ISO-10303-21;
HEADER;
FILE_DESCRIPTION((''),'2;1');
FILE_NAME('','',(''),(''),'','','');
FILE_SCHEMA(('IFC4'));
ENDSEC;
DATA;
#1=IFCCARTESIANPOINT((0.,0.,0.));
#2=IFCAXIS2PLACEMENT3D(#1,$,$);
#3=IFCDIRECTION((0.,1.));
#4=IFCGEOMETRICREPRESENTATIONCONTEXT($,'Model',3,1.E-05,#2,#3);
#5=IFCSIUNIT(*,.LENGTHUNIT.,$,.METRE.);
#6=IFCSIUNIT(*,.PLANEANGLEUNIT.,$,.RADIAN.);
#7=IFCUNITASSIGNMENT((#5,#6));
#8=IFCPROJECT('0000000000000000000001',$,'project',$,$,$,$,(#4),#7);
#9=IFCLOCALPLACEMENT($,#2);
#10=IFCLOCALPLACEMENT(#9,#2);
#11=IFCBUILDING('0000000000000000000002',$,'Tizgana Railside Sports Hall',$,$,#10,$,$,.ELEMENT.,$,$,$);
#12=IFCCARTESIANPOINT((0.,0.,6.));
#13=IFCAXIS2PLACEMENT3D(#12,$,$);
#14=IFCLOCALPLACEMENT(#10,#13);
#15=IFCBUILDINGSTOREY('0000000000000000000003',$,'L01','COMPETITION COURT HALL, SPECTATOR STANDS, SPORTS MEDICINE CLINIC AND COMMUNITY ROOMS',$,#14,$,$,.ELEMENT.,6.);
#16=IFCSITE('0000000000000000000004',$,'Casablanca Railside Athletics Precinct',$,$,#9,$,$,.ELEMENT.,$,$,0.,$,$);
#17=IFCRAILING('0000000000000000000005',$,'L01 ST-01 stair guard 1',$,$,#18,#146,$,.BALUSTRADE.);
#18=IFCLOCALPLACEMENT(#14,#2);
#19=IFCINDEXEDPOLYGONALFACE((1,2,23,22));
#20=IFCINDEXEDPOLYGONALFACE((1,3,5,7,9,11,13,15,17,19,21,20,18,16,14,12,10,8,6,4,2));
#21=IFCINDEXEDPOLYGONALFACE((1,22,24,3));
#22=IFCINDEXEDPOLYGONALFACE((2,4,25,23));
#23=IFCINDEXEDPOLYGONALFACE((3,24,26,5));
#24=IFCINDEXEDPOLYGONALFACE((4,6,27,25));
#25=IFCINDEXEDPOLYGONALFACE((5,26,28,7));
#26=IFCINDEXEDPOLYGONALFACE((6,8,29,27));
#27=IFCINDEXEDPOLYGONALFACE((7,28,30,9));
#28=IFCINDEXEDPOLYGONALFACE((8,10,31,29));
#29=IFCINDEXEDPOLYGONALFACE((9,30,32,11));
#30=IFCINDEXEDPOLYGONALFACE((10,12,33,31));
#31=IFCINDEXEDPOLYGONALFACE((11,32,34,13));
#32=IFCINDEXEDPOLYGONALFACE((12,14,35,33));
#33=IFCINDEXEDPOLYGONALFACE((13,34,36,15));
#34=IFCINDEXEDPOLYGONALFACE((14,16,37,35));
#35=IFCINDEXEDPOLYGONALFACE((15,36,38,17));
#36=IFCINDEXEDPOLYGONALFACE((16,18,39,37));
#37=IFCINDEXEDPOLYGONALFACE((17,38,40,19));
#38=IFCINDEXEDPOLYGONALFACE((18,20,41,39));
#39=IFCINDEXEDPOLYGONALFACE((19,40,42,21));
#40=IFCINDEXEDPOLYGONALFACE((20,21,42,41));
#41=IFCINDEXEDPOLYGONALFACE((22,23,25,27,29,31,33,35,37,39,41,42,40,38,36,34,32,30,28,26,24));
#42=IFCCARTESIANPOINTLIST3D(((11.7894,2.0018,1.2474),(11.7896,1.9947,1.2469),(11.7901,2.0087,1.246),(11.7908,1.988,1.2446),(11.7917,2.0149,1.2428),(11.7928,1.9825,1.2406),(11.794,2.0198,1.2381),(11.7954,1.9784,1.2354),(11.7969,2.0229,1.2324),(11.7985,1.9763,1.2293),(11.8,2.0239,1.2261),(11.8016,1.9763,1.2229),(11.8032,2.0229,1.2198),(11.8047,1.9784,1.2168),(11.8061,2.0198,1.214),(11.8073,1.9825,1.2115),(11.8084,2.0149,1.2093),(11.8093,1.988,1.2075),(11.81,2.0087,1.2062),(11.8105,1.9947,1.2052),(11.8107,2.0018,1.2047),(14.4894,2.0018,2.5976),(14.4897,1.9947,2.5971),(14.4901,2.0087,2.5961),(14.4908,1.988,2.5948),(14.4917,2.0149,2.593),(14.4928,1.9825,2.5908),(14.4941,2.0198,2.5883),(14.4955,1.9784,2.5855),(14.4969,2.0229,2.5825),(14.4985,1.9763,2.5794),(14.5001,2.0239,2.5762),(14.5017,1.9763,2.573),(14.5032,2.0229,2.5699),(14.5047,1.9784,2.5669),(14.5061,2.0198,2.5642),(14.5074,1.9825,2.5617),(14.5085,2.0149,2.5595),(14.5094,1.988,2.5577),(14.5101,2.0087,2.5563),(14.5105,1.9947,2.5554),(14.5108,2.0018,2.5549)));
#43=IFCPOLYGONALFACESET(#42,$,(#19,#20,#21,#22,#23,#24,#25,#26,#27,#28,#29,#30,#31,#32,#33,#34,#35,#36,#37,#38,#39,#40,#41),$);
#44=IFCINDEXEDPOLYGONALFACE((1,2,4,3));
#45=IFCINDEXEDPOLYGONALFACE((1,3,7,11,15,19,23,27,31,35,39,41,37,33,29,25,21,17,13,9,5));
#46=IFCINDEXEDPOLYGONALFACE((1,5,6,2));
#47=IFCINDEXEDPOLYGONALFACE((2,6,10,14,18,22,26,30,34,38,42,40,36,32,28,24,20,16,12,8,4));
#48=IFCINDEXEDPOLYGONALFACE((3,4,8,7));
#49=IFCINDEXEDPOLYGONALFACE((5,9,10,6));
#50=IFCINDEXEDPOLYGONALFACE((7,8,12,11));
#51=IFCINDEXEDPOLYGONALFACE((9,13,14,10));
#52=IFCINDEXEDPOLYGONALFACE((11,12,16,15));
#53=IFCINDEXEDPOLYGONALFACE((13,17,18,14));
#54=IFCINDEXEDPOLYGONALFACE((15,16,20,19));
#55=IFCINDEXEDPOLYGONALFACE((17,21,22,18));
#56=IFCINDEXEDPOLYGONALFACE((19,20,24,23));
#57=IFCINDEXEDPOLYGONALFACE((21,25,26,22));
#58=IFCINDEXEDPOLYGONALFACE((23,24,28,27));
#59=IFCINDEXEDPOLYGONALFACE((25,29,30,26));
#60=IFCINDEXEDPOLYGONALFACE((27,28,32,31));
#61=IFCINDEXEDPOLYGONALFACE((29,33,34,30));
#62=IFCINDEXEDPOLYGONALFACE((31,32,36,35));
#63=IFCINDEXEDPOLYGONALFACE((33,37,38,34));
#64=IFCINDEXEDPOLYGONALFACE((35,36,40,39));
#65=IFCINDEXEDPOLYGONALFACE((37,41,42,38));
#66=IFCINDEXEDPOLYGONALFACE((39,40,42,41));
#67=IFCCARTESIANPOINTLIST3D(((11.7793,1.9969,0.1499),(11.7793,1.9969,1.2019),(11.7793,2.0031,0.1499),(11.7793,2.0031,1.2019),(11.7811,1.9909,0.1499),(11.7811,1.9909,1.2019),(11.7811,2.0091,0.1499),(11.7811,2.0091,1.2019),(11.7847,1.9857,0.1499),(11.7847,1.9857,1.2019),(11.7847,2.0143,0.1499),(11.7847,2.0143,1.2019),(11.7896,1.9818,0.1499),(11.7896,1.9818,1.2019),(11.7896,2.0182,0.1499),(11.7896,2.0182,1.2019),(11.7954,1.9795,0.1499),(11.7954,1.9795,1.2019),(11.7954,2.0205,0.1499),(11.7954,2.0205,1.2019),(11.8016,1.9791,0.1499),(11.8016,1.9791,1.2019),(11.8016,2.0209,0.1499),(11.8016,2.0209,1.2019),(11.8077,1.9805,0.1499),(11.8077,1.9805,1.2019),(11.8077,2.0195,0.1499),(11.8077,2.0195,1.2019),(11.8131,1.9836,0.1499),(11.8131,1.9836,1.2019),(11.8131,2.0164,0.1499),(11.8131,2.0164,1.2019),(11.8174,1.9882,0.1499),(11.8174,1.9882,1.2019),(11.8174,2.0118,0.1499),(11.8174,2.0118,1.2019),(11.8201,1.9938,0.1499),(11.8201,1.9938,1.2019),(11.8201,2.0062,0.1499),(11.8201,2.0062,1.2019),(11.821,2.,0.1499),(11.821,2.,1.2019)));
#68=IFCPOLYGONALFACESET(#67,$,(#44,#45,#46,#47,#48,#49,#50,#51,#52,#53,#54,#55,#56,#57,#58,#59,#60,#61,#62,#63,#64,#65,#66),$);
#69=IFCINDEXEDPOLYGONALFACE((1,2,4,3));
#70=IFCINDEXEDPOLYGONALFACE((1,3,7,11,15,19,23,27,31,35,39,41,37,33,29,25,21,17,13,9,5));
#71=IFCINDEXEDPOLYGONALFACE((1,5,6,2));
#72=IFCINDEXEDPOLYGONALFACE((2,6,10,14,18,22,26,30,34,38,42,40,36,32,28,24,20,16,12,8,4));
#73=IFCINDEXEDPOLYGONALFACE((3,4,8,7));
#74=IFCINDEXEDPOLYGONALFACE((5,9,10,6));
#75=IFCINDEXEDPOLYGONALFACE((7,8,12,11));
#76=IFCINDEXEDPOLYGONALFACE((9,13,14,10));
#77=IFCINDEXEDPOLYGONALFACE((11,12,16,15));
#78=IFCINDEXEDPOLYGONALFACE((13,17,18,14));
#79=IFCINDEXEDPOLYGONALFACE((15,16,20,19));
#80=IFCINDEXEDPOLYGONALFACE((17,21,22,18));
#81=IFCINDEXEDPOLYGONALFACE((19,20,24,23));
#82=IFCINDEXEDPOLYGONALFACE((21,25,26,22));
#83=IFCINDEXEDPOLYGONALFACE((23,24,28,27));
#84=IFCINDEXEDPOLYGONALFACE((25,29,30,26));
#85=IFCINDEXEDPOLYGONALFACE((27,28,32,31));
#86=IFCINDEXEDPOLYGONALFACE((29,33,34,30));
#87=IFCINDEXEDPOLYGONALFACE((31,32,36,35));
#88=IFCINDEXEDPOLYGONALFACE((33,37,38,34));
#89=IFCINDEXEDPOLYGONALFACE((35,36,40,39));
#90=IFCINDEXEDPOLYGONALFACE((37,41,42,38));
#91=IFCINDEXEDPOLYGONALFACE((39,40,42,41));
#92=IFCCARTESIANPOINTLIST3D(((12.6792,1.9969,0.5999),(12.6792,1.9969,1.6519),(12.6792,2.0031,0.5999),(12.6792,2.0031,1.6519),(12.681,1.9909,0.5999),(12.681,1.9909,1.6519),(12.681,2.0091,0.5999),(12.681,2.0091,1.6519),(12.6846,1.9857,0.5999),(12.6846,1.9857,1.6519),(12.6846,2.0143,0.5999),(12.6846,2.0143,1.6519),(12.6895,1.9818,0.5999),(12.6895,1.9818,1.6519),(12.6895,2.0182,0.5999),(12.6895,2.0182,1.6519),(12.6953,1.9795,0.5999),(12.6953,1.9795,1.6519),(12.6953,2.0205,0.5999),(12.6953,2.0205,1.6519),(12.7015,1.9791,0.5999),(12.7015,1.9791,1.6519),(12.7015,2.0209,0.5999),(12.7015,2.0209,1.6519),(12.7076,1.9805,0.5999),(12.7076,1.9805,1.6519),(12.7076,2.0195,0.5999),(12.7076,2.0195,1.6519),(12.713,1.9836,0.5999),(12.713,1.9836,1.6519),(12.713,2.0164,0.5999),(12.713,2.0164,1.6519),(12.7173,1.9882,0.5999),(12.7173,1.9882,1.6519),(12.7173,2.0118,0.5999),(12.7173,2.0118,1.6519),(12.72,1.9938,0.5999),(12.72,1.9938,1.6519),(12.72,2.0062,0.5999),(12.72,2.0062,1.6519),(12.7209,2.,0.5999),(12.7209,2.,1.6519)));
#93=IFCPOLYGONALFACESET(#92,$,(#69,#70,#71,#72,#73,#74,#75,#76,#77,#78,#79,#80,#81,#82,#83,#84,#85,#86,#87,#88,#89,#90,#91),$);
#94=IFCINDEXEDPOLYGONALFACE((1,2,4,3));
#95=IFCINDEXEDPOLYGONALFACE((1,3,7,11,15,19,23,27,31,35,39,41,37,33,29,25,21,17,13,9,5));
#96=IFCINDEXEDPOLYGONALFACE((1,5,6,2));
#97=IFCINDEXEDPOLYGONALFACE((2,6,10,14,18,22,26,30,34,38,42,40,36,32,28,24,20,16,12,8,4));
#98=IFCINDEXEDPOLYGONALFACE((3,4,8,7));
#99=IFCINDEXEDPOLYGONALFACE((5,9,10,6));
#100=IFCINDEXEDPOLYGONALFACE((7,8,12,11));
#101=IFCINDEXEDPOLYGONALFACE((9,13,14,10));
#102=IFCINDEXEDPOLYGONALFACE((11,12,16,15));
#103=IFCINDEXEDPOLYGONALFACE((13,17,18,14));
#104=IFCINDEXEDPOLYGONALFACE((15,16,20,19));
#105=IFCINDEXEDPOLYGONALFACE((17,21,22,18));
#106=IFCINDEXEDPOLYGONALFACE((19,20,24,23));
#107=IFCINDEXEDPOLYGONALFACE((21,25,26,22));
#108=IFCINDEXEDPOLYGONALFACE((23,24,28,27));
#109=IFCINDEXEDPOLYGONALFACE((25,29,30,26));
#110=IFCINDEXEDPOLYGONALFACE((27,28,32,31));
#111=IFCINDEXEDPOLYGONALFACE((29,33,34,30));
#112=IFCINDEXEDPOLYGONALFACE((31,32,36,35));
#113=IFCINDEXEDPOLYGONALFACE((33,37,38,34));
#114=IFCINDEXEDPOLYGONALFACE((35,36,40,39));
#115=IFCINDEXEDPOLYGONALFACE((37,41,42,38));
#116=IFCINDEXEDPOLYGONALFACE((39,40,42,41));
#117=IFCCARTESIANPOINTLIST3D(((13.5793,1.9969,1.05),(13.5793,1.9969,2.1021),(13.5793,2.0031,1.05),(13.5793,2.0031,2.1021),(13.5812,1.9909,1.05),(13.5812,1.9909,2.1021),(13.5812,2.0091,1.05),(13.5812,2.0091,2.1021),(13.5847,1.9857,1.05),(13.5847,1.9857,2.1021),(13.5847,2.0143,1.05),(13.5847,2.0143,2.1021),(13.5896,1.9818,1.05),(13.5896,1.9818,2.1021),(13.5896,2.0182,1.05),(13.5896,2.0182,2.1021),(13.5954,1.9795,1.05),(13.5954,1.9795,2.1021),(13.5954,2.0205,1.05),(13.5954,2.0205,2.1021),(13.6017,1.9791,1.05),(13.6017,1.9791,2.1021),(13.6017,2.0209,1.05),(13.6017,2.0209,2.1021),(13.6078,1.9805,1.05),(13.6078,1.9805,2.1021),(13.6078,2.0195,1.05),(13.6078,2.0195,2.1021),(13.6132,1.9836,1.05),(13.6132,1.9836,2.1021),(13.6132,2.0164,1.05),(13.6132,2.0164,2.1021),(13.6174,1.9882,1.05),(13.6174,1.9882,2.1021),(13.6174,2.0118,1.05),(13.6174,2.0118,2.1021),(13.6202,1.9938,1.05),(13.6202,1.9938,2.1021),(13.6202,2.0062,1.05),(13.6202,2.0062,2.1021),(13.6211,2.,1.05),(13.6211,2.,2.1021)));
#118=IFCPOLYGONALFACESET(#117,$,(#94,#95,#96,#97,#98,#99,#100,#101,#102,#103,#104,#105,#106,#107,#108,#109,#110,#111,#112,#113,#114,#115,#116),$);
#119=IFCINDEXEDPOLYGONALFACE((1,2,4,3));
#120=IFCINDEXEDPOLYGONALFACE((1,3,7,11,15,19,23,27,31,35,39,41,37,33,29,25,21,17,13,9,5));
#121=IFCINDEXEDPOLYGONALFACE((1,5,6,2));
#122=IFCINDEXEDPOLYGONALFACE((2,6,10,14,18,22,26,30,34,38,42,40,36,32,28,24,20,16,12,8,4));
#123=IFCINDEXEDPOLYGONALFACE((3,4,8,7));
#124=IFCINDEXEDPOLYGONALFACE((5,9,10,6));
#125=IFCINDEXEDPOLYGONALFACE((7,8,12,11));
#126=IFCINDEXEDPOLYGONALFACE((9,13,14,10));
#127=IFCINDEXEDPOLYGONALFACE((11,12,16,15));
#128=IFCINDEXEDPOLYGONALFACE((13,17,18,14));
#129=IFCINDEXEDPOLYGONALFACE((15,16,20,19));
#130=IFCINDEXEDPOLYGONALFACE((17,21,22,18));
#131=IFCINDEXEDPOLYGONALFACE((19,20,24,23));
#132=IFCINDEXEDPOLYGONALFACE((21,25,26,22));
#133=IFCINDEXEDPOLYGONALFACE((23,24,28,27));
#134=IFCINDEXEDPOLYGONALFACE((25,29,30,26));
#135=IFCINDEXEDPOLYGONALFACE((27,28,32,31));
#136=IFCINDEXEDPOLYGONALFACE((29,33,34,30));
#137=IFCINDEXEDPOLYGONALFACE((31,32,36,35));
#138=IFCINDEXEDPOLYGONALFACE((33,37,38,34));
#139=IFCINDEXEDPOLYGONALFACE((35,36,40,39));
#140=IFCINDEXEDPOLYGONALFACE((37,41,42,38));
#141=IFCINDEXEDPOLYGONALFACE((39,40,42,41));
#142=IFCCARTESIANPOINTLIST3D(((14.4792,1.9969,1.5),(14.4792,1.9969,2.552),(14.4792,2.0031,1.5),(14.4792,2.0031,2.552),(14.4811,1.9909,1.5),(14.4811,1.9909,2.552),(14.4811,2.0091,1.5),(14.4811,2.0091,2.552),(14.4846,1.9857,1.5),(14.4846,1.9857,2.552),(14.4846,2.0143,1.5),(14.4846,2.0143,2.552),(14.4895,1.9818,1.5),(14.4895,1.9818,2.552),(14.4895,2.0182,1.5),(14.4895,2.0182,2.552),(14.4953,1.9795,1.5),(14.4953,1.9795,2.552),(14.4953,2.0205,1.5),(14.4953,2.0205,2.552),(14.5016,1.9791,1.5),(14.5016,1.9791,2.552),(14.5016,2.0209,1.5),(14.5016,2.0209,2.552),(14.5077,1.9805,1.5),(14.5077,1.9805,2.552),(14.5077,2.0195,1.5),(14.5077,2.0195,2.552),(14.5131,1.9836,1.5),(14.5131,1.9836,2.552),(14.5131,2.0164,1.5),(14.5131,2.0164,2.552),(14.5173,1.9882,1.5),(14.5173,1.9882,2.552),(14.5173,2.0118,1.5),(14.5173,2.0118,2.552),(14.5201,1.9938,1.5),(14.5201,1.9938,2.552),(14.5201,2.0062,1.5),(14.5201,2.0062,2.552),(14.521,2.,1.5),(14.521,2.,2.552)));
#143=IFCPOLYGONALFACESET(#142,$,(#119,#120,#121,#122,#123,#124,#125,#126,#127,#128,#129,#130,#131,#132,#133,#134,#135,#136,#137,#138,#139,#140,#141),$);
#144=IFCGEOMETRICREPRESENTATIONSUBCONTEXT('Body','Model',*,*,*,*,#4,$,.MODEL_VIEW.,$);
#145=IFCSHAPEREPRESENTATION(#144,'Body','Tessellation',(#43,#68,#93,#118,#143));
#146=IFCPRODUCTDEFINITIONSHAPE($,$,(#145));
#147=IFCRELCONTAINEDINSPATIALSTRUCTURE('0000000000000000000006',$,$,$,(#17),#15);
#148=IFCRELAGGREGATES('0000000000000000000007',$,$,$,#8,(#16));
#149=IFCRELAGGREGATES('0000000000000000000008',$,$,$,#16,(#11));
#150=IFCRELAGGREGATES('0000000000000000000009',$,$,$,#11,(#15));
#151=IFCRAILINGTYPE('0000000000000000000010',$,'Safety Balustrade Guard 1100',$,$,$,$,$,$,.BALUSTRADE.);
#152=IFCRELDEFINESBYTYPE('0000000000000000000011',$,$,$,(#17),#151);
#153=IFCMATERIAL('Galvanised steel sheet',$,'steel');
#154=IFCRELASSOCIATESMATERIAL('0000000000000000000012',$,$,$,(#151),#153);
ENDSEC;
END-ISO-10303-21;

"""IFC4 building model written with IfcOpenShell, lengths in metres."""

from ifc_helpers import new_model, si_unit, direction, frame, origin, origin_2d, place, context, subcontext, project, spatial, circle, extrude, material, type_object, element, save


model = new_model("IFC4")

# Units and contexts
model_context = context("Model", 3, precision=1e-05, world=origin(), true_north=direction((0.0, 1.0)))
body_context = subcontext(model_context, "Body", "Model", "MODEL_VIEW")
ifc_project = project(units=[si_unit("LENGTHUNIT", "METRE"), si_unit("PLANEANGLEUNIT", "RADIAN")], contexts=[model_context])

# Site, building, storey
site_placement = place(None, origin())
site = spatial("IfcSite", under=ifc_project, at=site_placement, Name="Casablanca Railside Athletics Precinct", CompositionType="ELEMENT", RefElevation=0.0)
building_placement = place(site_placement, origin())
building = spatial("IfcBuilding", under=site, at=building_placement, Name="Tizgana Railside Sports Hall", CompositionType="ELEMENT")
storey_placement = place(building_placement, frame((0.0, 0.0, 6.0)))
storey = spatial("IfcBuildingStorey", under=building, at=storey_placement, Name="L01", Description="COMPETITION COURT HALL, SPECTATOR STANDS, SPORTS MEDICINE CLINIC AND COMMUNITY ROOMS", CompositionType="ELEMENT", Elevation=6.0)

# Railing
ifc_material_1 = material(Name="Galvanised steel sheet", Category="steel")
railing_type_1 = type_object("IfcRailingType", Name="Safety Balustrade Guard 1100", PredefinedType="BALUSTRADE", material=ifc_material_1)
railing_1_placement = place(storey_placement, frame((11.8, 2.0, 0.1499)))
element("IfcRailing", 1, at=railing_1_placement, inside=storey, type_object=railing_type_1, Name="L01 ST-01 stair guard 1", PredefinedType="BALUSTRADE", context=body_context, shape_type="SweptSolid", body=[
    extrude(circle(Radius=0.0239, at=origin_2d()), frame((0.0, 0.0, 1.0762), z_axis=(0.894411, 0.0, 0.447246), x_axis=(0.0, 1.0, 0.0)), (0.0, 0.0, 1.0), 3.0188),
    extrude(circle(Radius=0.021, at=origin_2d()), origin(), (0.0, 0.0, 1.0), 1.052),
    extrude(circle(Radius=0.021, at=origin_2d()), frame((0.8999, 0.0, 0.45)), (0.0, 0.0, 1.0), 1.052),
    extrude(circle(Radius=0.021, at=origin_2d()), frame((1.8, 0.0, 0.9001)), (0.0, 0.0, 1.0), 1.052),
    extrude(circle(Radius=0.021, at=origin_2d()), frame((2.7, 0.0, 1.3501)), (0.0, 0.0, 1.0), 1.052),
])

save(model, "model.ifc")
